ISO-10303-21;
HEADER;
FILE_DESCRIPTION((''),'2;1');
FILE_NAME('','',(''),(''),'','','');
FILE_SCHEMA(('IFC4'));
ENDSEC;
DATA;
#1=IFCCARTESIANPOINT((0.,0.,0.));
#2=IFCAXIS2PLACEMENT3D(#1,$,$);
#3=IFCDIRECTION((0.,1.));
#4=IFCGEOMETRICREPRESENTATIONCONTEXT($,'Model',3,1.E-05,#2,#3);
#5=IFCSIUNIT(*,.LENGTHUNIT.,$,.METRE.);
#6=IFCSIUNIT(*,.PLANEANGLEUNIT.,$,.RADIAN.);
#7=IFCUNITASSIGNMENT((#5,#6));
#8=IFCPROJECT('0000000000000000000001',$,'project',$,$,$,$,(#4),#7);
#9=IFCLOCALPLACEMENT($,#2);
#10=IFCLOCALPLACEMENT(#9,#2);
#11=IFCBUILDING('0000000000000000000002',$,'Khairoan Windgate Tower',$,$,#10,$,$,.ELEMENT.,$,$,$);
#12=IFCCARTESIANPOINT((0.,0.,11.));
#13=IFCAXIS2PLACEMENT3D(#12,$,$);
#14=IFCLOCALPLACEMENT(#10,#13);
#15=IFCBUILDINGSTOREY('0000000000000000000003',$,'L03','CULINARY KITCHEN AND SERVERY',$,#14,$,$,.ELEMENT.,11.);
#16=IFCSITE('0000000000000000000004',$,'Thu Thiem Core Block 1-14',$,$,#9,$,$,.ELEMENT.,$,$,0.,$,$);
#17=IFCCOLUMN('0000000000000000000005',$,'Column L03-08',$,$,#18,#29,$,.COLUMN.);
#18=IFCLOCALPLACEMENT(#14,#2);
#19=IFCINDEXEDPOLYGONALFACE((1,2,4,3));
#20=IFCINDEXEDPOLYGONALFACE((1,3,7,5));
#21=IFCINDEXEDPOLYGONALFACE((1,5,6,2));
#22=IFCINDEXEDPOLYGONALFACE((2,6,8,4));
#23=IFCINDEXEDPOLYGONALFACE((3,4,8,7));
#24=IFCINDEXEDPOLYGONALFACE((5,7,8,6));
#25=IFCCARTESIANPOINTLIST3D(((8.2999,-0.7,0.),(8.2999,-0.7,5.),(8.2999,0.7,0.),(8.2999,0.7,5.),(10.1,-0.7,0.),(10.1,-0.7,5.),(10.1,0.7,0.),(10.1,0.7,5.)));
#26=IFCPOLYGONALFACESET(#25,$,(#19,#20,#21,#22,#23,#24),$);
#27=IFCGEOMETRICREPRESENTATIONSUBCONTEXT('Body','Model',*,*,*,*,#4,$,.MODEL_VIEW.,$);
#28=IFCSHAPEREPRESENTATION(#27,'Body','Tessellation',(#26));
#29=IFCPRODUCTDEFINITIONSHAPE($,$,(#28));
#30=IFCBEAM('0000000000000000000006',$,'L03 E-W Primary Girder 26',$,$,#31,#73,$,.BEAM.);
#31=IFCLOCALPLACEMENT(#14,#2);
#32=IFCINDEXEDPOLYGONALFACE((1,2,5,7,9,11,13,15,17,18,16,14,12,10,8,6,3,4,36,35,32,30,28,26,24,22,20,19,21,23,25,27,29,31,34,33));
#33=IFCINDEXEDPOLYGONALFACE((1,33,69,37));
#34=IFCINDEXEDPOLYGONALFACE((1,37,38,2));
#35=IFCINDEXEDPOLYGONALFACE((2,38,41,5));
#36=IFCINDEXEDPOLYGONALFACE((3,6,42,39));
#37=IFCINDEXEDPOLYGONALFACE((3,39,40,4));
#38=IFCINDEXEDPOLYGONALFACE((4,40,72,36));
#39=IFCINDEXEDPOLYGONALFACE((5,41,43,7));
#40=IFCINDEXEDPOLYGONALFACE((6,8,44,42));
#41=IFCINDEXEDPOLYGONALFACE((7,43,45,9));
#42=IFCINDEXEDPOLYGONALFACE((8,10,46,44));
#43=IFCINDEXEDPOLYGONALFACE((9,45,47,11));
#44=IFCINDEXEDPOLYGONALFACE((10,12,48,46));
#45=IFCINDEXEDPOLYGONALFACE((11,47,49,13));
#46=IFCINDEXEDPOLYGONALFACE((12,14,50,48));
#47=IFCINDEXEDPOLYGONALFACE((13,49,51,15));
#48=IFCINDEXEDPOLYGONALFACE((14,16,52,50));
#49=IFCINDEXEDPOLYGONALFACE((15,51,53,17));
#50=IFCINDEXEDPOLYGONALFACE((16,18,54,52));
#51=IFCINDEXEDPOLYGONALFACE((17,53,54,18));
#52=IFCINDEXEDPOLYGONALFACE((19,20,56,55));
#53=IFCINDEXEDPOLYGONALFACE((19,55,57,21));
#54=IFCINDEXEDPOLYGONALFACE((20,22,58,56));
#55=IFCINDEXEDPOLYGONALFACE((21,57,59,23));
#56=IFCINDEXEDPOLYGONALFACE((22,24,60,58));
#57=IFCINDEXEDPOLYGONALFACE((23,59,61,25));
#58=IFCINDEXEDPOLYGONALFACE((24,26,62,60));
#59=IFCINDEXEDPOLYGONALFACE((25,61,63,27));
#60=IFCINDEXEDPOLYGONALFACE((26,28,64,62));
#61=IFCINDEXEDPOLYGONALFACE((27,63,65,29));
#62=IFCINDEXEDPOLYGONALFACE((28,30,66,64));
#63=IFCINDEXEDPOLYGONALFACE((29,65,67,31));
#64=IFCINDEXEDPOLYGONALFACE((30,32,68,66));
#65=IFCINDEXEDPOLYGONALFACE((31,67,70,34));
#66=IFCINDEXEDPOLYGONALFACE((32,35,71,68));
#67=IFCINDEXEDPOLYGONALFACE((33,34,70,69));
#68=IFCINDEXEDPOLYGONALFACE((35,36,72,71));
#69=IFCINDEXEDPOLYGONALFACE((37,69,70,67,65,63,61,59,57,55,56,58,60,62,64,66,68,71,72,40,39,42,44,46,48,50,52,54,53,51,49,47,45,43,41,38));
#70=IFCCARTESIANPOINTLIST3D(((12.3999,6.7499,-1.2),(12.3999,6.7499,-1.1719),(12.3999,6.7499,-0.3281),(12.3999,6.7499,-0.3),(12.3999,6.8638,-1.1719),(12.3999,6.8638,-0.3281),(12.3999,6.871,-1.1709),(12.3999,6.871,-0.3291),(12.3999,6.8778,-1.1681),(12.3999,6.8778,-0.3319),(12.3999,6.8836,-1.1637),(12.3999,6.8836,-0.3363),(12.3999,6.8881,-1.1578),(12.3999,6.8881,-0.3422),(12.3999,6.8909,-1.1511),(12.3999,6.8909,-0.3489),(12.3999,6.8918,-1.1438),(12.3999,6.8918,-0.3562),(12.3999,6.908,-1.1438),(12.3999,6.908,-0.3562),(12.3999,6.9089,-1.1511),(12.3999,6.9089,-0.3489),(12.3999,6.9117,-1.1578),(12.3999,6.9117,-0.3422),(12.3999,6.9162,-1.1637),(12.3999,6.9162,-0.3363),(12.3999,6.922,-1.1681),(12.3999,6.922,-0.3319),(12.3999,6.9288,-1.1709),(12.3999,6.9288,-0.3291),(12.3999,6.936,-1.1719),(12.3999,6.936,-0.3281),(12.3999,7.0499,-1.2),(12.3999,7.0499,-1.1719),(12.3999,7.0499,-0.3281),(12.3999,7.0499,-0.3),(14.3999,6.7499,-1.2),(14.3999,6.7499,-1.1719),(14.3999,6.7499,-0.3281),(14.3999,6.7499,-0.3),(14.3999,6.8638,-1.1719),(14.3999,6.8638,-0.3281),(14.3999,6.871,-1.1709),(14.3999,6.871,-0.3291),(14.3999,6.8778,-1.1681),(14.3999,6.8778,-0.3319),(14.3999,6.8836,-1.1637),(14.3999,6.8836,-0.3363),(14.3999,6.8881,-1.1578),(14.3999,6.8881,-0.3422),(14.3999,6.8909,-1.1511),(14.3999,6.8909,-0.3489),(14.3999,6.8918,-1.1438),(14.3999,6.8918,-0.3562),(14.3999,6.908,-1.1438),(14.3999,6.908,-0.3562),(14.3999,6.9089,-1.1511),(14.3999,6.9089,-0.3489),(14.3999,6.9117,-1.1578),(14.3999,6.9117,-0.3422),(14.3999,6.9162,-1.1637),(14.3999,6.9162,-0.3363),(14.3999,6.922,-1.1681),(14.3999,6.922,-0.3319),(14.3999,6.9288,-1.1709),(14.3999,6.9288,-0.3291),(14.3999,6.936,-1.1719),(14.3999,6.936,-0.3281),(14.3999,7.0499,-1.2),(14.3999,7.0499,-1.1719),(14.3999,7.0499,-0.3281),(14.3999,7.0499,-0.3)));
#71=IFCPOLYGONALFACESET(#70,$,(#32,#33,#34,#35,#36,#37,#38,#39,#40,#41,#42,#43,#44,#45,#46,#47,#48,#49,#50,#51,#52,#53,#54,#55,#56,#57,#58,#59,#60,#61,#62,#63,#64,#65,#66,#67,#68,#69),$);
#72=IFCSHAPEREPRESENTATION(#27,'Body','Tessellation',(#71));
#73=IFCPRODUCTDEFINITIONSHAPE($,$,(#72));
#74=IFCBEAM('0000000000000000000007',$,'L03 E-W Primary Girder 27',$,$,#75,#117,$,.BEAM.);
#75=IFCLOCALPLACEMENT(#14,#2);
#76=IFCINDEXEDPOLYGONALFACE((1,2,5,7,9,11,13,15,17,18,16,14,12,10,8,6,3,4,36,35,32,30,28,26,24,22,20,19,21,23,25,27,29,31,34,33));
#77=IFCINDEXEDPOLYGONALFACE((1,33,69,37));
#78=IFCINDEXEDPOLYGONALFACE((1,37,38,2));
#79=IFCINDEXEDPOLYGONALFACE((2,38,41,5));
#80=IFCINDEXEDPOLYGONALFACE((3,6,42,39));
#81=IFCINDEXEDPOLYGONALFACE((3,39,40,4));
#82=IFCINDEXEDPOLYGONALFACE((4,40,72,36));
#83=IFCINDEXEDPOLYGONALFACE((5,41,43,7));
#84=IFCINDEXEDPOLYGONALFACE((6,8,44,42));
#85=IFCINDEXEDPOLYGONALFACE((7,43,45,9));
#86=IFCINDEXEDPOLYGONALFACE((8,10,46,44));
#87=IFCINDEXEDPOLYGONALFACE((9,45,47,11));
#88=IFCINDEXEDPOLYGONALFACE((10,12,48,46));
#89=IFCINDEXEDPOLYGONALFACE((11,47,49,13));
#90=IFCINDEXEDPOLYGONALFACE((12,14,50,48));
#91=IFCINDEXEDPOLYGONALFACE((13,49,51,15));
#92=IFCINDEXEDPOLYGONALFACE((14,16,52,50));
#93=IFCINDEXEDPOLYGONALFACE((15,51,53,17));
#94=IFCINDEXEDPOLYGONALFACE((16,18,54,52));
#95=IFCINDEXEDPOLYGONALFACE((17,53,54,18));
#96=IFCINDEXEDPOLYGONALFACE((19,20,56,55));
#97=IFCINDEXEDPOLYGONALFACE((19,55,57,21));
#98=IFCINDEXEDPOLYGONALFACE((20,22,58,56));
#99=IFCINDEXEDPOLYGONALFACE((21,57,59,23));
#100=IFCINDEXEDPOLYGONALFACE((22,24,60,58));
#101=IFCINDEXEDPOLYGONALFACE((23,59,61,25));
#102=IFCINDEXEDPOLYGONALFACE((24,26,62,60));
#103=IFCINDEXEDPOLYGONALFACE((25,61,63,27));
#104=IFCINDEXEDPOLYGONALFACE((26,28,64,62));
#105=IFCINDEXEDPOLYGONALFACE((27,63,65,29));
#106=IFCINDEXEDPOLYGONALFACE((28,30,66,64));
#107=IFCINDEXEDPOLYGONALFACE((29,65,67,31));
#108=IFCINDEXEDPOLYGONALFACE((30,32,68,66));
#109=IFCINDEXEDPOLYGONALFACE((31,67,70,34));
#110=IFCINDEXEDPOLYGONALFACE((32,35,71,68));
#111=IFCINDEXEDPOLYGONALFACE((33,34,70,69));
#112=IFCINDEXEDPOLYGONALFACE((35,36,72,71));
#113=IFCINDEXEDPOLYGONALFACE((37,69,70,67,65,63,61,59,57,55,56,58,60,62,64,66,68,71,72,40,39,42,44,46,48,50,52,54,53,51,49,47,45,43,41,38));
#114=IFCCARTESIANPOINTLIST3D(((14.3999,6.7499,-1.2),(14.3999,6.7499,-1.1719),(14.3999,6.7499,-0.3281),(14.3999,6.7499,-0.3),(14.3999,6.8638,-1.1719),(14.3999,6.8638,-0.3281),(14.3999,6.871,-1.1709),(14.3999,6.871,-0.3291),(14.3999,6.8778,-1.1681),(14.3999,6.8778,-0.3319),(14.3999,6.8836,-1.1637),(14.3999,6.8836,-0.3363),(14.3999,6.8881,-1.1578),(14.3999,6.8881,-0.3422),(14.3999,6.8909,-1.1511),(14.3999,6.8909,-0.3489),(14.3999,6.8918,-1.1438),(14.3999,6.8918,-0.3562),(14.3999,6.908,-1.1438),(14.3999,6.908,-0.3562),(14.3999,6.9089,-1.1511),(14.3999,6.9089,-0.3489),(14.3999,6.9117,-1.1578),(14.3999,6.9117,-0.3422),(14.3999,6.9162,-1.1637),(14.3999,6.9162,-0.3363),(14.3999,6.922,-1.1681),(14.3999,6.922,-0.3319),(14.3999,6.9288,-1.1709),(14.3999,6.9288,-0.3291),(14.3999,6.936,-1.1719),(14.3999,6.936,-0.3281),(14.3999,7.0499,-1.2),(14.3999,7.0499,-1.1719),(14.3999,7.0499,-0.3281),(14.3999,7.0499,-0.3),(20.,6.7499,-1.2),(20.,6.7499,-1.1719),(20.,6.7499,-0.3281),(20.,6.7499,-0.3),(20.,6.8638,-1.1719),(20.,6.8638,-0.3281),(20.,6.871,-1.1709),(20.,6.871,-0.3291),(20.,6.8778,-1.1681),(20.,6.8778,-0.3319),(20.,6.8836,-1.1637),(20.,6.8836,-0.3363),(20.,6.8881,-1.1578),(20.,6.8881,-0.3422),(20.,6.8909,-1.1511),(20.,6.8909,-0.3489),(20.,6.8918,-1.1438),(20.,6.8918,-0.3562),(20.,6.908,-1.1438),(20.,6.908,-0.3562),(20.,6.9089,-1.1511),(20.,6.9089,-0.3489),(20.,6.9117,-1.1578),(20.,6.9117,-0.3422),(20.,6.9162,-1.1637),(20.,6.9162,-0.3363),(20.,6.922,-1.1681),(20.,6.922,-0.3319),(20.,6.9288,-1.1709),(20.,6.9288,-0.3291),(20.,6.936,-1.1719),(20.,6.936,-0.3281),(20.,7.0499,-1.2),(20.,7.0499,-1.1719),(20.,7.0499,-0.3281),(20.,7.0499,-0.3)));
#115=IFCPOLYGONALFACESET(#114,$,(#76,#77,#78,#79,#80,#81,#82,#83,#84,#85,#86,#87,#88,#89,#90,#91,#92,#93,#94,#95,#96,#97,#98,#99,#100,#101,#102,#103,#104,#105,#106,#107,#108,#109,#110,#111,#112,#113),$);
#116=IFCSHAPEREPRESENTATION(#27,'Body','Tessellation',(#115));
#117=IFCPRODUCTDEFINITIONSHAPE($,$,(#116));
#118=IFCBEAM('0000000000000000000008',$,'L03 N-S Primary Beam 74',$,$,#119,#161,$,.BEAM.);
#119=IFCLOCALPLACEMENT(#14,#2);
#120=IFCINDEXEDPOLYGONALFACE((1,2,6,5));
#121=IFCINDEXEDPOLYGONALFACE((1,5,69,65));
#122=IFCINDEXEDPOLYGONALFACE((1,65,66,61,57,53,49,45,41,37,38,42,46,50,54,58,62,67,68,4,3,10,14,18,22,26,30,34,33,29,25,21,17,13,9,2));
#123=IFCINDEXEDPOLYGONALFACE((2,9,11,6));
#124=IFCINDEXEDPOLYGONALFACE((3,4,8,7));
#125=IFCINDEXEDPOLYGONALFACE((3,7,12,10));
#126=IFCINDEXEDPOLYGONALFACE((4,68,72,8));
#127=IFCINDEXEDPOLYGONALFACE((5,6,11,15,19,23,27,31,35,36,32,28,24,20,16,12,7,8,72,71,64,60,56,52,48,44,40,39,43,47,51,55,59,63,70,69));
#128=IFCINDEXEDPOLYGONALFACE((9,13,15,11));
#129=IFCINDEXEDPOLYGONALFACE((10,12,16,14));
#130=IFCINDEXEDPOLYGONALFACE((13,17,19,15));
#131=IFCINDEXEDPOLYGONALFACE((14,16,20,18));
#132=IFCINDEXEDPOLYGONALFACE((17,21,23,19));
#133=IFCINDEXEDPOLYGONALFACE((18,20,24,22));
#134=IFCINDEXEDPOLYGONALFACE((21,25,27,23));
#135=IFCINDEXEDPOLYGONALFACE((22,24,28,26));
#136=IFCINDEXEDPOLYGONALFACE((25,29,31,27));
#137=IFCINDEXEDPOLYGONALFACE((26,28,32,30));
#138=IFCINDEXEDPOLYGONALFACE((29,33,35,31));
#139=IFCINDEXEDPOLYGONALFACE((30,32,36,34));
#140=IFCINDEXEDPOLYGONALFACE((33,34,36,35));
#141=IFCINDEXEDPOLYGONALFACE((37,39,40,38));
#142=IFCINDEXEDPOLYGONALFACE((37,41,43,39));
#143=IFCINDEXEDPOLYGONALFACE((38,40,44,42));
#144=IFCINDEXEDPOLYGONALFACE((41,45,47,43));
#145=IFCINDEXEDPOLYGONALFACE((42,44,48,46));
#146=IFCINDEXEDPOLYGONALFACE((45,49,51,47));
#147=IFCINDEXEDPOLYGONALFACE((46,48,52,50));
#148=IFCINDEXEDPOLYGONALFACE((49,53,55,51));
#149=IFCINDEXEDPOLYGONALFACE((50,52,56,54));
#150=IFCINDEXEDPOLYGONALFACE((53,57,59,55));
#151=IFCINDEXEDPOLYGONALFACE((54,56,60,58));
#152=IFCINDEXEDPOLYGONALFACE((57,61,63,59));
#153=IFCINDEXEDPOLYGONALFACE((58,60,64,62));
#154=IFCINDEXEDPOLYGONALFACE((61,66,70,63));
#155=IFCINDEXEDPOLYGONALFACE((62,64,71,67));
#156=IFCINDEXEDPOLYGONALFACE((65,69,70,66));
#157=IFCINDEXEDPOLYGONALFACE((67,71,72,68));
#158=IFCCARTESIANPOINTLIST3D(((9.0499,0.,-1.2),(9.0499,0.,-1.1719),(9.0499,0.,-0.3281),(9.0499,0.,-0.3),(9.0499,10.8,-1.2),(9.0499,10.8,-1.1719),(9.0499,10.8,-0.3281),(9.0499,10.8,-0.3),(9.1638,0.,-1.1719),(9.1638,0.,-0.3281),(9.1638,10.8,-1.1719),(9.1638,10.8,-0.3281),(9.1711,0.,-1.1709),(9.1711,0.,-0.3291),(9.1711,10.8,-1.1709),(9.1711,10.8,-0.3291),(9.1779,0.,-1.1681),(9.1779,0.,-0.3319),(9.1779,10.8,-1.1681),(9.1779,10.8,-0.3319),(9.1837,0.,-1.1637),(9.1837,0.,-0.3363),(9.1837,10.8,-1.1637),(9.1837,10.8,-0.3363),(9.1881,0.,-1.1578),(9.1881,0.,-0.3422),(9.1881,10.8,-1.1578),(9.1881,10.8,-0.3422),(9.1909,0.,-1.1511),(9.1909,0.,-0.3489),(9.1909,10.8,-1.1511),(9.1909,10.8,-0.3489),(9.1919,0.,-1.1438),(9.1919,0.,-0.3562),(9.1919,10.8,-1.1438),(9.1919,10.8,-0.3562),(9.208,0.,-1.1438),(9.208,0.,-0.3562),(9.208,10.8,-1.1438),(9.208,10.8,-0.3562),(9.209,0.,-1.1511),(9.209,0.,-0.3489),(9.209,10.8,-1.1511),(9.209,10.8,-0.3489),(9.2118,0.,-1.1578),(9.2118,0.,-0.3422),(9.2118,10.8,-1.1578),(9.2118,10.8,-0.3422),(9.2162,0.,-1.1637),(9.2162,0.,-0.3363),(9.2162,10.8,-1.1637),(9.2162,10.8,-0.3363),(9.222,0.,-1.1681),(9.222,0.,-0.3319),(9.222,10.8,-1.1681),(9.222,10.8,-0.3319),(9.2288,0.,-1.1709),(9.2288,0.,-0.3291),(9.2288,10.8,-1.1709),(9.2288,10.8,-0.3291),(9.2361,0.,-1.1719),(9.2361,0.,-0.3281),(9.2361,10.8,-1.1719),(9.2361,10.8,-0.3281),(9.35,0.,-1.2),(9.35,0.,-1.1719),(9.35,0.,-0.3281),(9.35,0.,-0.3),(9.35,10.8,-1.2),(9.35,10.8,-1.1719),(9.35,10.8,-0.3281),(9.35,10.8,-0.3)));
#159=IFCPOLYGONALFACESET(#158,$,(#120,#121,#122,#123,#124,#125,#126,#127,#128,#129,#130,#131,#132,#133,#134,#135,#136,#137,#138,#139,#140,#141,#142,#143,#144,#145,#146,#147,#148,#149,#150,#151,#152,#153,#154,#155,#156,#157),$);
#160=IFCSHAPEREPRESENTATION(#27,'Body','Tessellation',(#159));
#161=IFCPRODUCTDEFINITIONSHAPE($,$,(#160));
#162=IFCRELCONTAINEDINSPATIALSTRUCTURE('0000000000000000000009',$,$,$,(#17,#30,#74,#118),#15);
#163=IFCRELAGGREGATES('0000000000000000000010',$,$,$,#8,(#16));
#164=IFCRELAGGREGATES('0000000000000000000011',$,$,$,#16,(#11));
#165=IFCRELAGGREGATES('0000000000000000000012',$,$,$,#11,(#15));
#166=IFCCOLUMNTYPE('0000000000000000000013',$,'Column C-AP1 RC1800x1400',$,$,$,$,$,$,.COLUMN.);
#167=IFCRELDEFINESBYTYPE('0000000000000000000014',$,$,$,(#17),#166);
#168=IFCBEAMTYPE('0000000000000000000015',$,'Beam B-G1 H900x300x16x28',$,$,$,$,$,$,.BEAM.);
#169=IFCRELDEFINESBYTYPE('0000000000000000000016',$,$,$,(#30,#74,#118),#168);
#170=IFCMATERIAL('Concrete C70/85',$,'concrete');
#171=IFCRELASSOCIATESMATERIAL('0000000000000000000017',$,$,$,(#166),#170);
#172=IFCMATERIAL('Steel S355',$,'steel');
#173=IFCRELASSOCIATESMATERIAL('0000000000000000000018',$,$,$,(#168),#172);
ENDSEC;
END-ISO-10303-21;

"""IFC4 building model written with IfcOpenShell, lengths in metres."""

from ifc_helpers import new_model, si_unit, direction, frame, origin, origin_2d, place, context, subcontext, project, spatial, rectangle, i_section, extrude, material, material_profile, profile_set, type_object, element, save


model = new_model("IFC4")

# Units and contexts
model_context = context("Model", 3, precision=1e-05, world=origin(), true_north=direction((0.0, 1.0)))
body_context = subcontext(model_context, "Body", "Model", "MODEL_VIEW")
ifc_project = project(units=[si_unit("LENGTHUNIT", "METRE"), si_unit("PLANEANGLEUNIT", "RADIAN")], contexts=[model_context])

# Site, building, storey
site_placement = place(None, origin())
site = spatial("IfcSite", under=ifc_project, at=site_placement, Name="Thu Thiem Core Block 1-14", CompositionType="ELEMENT", RefElevation=0.0)
building_placement = place(site_placement, origin())
building = spatial("IfcBuilding", under=site, at=building_placement, Name="Khairoan Windgate Tower", CompositionType="ELEMENT")
storey_placement = place(building_placement, frame((0.0, 0.0, 11.0)))
storey = spatial("IfcBuildingStorey", under=building, at=storey_placement, Name="L03", Description="CULINARY KITCHEN AND SERVERY", CompositionType="ELEMENT", Elevation=11.0)

# Column
ifc_material_1 = material(Name="Concrete C70/85", Category="concrete")
ifc_material_profile_1 = material_profile(ifc_material_1, rectangle(XDim=1.8, YDim=1.3999, at=origin_2d()))
ifc_profile_set_1 = profile_set([ifc_material_profile_1], Name="Concrete C70/85")
column_type = type_object("IfcColumnType", Name="Column C-AP1 RC1800x1400", PredefinedType="COLUMN", material=ifc_profile_set_1)
column_placement = place(storey_placement, frame((9.2, 0.0, 0.0), z_axis=(0.0, 0.0, 1.0), x_axis=(1.0, 0.0, 0.0)))
element("IfcColumn", 1, at=column_placement, inside=storey, type_object=column_type, Name="Column L03-08", PredefinedType="COLUMN", context=body_context, shape_type="SweptSolid", body=[
    extrude(rectangle(XDim=1.8, YDim=1.3999, at=origin_2d()), origin(), (0.0, 0.0, 1.0), 5.0),
])

# Beams
ifc_material_2 = material(Name="Steel S355", Category="steel")
ifc_material_profile_2 = material_profile(ifc_material_2, i_section(OverallWidth=0.3, OverallDepth=0.8999, WebThickness=0.0161, FlangeThickness=0.0281, FilletRadius=0.0281, at=origin_2d()))
ifc_profile_set_2 = profile_set([ifc_material_profile_2], Name="Steel S355")
beam_type_1 = type_object("IfcBeamType", Name="Beam B-G1 H900x300x16x28", PredefinedType="BEAM", material=ifc_profile_set_2)
beam_1_placement = place(storey_placement, frame((12.3999, 6.8999, -0.75), z_axis=(1.0, 0.0, 0.0), x_axis=(0.0, 1.0, 0.0)))
element("IfcBeam", 2, at=beam_1_placement, inside=storey, type_object=beam_type_1, Name="L03 E-W Primary Girder 26", PredefinedType="BEAM", context=body_context, shape_type="SweptSolid", body=[
    extrude(i_section(OverallWidth=0.3, OverallDepth=0.8999, WebThickness=0.0161, FlangeThickness=0.0281, FilletRadius=0.0281, at=origin_2d()), origin(), (0.0, 0.0, 1.0), 2.0),
])
beam_2_placement = place(storey_placement, frame((14.3999, 6.8999, -0.75), z_axis=(1.0, 0.0, 0.0), x_axis=(0.0, 1.0, 0.0)))
element("IfcBeam", 3, at=beam_2_placement, inside=storey, type_object=beam_type_1, Name="L03 E-W Primary Girder 27", PredefinedType="BEAM", context=body_context, shape_type="SweptSolid", body=[
    extrude(i_section(OverallWidth=0.3, OverallDepth=0.8999, WebThickness=0.0161, FlangeThickness=0.0281, FilletRadius=0.0281, at=origin_2d()), origin(), (0.0, 0.0, 1.0), 5.6001),
])
beam_3_placement = place(storey_placement, frame((9.2, 0.0, -0.75), z_axis=(0.0, 1.0, 0.0), x_axis=(-1.0, 0.0, 0.0)))
element("IfcBeam", 4, at=beam_3_placement, inside=storey, type_object=beam_type_1, Name="L03 N-S Primary Beam 74", PredefinedType="BEAM", context=body_context, shape_type="SweptSolid", body=[
    extrude(i_section(OverallWidth=0.3, OverallDepth=0.8999, WebThickness=0.0161, FlangeThickness=0.0281, FilletRadius=0.0281, at=origin_2d()), origin(), (0.0, 0.0, 1.0), 10.8),
])

save(model, "model.ifc")
